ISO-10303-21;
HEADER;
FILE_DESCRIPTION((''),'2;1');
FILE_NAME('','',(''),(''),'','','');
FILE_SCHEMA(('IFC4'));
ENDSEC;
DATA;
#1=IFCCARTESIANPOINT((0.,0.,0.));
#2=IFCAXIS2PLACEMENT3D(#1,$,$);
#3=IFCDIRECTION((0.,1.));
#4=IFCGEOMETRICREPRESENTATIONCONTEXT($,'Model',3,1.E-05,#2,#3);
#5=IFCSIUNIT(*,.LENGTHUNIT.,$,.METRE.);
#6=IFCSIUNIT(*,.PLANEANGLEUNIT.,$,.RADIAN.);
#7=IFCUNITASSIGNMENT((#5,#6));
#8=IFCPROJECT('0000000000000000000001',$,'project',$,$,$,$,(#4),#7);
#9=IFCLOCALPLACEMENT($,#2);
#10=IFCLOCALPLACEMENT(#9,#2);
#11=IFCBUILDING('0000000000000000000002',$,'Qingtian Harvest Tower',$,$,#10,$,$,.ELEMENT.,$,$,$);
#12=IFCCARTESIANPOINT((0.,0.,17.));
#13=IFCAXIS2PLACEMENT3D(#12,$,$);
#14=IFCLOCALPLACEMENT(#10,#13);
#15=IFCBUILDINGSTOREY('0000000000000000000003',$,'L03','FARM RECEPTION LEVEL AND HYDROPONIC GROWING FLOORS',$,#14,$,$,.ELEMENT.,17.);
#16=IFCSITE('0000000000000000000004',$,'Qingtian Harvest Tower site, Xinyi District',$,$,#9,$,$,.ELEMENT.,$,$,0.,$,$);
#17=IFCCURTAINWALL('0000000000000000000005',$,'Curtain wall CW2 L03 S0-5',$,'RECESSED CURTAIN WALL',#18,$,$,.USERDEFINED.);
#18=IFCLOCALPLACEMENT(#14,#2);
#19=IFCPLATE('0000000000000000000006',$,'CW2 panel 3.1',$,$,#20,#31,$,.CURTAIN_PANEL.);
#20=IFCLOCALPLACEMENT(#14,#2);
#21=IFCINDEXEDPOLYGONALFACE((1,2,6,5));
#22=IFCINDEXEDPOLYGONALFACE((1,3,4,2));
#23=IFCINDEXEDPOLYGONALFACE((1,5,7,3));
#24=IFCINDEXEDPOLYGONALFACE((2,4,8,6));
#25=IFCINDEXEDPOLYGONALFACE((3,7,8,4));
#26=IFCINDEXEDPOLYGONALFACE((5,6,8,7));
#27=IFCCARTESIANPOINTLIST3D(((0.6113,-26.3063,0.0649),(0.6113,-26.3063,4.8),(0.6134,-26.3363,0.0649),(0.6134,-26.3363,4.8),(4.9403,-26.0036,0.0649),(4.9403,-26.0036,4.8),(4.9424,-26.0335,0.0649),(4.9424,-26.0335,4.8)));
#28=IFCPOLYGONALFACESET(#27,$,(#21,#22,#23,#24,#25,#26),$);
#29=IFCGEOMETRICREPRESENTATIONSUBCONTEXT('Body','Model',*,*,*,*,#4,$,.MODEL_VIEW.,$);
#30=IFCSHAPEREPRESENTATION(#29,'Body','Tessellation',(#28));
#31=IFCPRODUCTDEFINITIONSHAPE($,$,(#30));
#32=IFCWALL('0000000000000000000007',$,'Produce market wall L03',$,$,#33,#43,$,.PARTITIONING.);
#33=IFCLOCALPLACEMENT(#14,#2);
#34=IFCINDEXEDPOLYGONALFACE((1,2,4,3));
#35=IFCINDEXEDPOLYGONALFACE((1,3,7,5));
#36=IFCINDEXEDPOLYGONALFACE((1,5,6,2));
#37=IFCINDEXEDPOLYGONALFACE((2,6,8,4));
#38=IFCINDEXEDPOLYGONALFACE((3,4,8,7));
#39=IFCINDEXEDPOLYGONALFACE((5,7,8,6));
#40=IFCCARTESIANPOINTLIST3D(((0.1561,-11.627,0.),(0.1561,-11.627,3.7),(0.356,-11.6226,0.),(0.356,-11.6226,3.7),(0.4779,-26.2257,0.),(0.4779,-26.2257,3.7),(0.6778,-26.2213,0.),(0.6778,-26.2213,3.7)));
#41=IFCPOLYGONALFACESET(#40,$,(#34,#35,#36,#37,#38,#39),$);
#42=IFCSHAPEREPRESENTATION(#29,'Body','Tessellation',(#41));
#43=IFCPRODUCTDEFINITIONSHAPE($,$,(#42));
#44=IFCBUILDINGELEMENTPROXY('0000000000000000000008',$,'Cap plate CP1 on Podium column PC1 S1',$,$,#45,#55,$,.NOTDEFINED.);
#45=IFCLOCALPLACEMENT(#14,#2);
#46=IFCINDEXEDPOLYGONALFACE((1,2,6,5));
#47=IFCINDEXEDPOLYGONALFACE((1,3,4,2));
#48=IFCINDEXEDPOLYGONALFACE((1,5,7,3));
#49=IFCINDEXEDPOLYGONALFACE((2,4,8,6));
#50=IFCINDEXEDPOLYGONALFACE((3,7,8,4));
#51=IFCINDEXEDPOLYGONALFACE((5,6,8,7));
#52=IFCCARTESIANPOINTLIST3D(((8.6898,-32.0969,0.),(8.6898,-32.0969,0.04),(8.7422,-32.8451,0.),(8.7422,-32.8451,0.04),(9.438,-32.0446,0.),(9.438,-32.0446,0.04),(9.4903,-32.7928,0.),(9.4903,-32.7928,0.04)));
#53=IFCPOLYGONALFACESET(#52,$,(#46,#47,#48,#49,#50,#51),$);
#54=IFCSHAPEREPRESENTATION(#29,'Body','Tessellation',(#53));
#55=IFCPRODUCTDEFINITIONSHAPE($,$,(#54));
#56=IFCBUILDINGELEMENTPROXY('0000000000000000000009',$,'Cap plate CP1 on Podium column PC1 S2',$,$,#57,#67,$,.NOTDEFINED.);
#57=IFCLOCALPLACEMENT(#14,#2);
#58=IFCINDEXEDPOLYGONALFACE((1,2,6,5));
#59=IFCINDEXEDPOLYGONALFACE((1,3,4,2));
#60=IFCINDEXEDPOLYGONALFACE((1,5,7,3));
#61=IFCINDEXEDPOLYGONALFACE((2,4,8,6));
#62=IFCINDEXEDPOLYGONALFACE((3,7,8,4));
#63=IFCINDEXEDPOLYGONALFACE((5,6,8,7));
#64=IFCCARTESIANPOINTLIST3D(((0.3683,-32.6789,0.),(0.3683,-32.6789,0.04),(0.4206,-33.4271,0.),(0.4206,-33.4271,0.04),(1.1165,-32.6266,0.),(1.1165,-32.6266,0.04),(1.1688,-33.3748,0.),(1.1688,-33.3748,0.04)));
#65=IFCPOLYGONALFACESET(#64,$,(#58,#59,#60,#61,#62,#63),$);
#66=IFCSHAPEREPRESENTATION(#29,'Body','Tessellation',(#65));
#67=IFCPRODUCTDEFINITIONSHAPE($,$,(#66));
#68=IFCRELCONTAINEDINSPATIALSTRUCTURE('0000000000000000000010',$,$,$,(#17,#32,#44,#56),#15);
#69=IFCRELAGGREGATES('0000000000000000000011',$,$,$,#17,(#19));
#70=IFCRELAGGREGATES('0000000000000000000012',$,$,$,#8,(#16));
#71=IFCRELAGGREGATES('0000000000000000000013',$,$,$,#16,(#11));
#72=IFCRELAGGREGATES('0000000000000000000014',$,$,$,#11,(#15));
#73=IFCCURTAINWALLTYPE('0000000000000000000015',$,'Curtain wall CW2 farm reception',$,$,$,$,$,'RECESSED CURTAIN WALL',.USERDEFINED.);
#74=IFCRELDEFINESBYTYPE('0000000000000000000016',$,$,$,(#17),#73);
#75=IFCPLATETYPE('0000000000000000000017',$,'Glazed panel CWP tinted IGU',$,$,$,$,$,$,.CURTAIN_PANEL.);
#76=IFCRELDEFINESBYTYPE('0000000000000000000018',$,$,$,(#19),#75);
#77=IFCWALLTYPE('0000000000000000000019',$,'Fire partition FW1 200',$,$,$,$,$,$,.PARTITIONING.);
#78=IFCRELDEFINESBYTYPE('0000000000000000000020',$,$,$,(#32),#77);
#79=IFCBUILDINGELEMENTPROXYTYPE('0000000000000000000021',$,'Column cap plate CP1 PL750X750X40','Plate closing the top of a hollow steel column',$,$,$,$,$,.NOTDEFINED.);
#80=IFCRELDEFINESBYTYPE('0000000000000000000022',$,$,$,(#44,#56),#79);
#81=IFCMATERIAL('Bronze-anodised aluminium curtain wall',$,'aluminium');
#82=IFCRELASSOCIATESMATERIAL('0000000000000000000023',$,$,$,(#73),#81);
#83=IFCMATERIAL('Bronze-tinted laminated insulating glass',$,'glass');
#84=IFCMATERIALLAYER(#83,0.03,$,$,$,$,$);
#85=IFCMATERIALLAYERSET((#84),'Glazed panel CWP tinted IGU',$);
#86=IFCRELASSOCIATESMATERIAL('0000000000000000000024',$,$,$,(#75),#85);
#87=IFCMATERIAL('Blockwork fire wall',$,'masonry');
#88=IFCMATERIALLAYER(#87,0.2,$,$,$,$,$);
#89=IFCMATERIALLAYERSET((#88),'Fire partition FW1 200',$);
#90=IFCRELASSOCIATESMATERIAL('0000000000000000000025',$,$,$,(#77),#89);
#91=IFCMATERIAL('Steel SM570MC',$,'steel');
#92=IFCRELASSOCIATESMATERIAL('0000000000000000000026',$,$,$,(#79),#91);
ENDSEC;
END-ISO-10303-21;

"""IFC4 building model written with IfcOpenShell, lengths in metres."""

from ifc_helpers import new_model, si_unit, direction, frame, frame_2d, origin, origin_2d, place, context, subcontext, project, spatial, rectangle, extrude, material, layer, layer_set, material_profile, profile_set, type_object, element, aggregate, save


model = new_model("IFC4")

# Units and contexts
model_context = context("Model", 3, precision=1e-05, world=origin(), true_north=direction((0.0, 1.0)))
body_context = subcontext(model_context, "Body", "Model", "MODEL_VIEW")
ifc_project = project(units=[si_unit("LENGTHUNIT", "METRE"), si_unit("PLANEANGLEUNIT", "RADIAN")], contexts=[model_context])

# Site, building, storey
site_placement = place(None, origin())
site = spatial("IfcSite", under=ifc_project, at=site_placement, Name="Qingtian Harvest Tower site, Xinyi District", CompositionType="ELEMENT", RefElevation=0.0)
building_placement = place(site_placement, origin())
building = spatial("IfcBuilding", under=site, at=building_placement, Name="Qingtian Harvest Tower", CompositionType="ELEMENT")
storey_placement = place(building_placement, frame((0.0, 0.0, 17.0)))
storey = spatial("IfcBuildingStorey", under=building, at=storey_placement, Name="L03", Description="FARM RECEPTION LEVEL AND HYDROPONIC GROWING FLOORS", CompositionType="ELEMENT", Elevation=17.0)

# Shared definitions
ifc_material_1 = material(Name="Bronze-anodised aluminium curtain wall", Category="aluminium")
curtain_wall_type = type_object("IfcCurtainWallType", Name="Curtain wall CW2 farm reception", ElementType="RECESSED CURTAIN WALL", PredefinedType="USERDEFINED", material=ifc_material_1)

# Curtain wall
curtain_wall_1_placement = place(storey_placement, origin())
curtain_wall_1 = element("IfcCurtainWall", 1, at=curtain_wall_1_placement, inside=storey, type_object=curtain_wall_type, Name="Curtain wall CW2 L03 S0-5", ObjectType="RECESSED CURTAIN WALL", PredefinedType="USERDEFINED")

# Plate
ifc_material_2 = material(Name="Bronze-tinted laminated insulating glass", Category="glass")
ifc_layer_1 = layer(ifc_material_2, 0.03)
ifc_layer_set_1 = layer_set([ifc_layer_1], Name="Glazed panel CWP tinted IGU")
plate_type = type_object("IfcPlateType", Name="Glazed panel CWP tinted IGU", PredefinedType="CURTAIN_PANEL", material=ifc_layer_set_1)
plate_1_placement = place(storey_placement, frame((2.7769, -26.1699, 0.0649), z_axis=(0.0, 0.0, 1.0), x_axis=(-0.997564, -0.069756, 0.0)))
plate_1 = element("IfcPlate", 2, at=plate_1_placement, type_object=plate_type, Name="CW2 panel 3.1", PredefinedType="CURTAIN_PANEL", context=body_context, shape_type="SweptSolid", body=[
    extrude(rectangle(XDim=4.3396, YDim=0.03, at=origin_2d()), origin(), (0.0, 0.0, 1.0), 4.7351),
])
aggregate(curtain_wall_1, [plate_1])

# Wall
ifc_material_3 = material(Name="Blockwork fire wall", Category="masonry")
ifc_layer_2 = layer(ifc_material_3, 0.2)
ifc_layer_set_2 = layer_set([ifc_layer_2], Name="Fire partition FW1 200")
wall_type = type_object("IfcWallType", Name="Fire partition FW1 200", PredefinedType="PARTITIONING", material=ifc_layer_set_2)
wall_placement = place(storey_placement, frame((0.5779, -26.2236, 0.0), z_axis=(0.0, 0.0, 1.0), x_axis=(-0.022036, 0.999757, 0.0)))
element("IfcWall", 3, at=wall_placement, inside=storey, type_object=wall_type, Name="Produce market wall L03", PredefinedType="PARTITIONING", context=body_context, shape_type="SweptSolid", body=[
    extrude(rectangle(XDim=14.6023, YDim=0.2, at=frame_2d((7.3013, 0.0))), origin(), (0.0, 0.0, 1.0), 3.7),
])

# Building element proxies
ifc_material_4 = material(Name="Steel SM570MC", Category="steel")
ifc_material_profile_1 = material_profile(ifc_material_4, rectangle(XDim=0.75, YDim=0.75, at=origin_2d()), Name="PL750X750X40")
ifc_profile_set_1 = profile_set([ifc_material_profile_1], Name="Steel SM570MC")
building_element_proxy_type = type_object("IfcBuildingElementProxyType", Name="Column cap plate CP1 PL750X750X40", Description="Plate closing the top of a hollow steel column", PredefinedType="NOTDEFINED", material=ifc_profile_set_1)
for number, where, z_axis, x_axis, name in (
    (4, (9.0901, -32.4448, 0.0), (0.0, 0.0, 1.0), (0.997564, 0.069756, 0.0), "Cap plate CP1 on Podium column PC1 S1"),
    (5, (0.7686, -33.0269, 0.0), (0.0, 0.0, 1.0), (0.997564, 0.069756, 0.0), "Cap plate CP1 on Podium column PC1 S2"),
):
    element("IfcBuildingElementProxy", number, at=place(storey_placement, frame(where, z_axis=z_axis, x_axis=x_axis)), inside=storey, type_object=building_element_proxy_type, Name=name, PredefinedType="NOTDEFINED", context=body_context, shape_type="SweptSolid", body=[
        extrude(rectangle(XDim=0.75, YDim=0.75, at=origin_2d()), origin(), (0.0, 0.0, 1.0), 0.04),
    ])

save(model, "model.ifc")
